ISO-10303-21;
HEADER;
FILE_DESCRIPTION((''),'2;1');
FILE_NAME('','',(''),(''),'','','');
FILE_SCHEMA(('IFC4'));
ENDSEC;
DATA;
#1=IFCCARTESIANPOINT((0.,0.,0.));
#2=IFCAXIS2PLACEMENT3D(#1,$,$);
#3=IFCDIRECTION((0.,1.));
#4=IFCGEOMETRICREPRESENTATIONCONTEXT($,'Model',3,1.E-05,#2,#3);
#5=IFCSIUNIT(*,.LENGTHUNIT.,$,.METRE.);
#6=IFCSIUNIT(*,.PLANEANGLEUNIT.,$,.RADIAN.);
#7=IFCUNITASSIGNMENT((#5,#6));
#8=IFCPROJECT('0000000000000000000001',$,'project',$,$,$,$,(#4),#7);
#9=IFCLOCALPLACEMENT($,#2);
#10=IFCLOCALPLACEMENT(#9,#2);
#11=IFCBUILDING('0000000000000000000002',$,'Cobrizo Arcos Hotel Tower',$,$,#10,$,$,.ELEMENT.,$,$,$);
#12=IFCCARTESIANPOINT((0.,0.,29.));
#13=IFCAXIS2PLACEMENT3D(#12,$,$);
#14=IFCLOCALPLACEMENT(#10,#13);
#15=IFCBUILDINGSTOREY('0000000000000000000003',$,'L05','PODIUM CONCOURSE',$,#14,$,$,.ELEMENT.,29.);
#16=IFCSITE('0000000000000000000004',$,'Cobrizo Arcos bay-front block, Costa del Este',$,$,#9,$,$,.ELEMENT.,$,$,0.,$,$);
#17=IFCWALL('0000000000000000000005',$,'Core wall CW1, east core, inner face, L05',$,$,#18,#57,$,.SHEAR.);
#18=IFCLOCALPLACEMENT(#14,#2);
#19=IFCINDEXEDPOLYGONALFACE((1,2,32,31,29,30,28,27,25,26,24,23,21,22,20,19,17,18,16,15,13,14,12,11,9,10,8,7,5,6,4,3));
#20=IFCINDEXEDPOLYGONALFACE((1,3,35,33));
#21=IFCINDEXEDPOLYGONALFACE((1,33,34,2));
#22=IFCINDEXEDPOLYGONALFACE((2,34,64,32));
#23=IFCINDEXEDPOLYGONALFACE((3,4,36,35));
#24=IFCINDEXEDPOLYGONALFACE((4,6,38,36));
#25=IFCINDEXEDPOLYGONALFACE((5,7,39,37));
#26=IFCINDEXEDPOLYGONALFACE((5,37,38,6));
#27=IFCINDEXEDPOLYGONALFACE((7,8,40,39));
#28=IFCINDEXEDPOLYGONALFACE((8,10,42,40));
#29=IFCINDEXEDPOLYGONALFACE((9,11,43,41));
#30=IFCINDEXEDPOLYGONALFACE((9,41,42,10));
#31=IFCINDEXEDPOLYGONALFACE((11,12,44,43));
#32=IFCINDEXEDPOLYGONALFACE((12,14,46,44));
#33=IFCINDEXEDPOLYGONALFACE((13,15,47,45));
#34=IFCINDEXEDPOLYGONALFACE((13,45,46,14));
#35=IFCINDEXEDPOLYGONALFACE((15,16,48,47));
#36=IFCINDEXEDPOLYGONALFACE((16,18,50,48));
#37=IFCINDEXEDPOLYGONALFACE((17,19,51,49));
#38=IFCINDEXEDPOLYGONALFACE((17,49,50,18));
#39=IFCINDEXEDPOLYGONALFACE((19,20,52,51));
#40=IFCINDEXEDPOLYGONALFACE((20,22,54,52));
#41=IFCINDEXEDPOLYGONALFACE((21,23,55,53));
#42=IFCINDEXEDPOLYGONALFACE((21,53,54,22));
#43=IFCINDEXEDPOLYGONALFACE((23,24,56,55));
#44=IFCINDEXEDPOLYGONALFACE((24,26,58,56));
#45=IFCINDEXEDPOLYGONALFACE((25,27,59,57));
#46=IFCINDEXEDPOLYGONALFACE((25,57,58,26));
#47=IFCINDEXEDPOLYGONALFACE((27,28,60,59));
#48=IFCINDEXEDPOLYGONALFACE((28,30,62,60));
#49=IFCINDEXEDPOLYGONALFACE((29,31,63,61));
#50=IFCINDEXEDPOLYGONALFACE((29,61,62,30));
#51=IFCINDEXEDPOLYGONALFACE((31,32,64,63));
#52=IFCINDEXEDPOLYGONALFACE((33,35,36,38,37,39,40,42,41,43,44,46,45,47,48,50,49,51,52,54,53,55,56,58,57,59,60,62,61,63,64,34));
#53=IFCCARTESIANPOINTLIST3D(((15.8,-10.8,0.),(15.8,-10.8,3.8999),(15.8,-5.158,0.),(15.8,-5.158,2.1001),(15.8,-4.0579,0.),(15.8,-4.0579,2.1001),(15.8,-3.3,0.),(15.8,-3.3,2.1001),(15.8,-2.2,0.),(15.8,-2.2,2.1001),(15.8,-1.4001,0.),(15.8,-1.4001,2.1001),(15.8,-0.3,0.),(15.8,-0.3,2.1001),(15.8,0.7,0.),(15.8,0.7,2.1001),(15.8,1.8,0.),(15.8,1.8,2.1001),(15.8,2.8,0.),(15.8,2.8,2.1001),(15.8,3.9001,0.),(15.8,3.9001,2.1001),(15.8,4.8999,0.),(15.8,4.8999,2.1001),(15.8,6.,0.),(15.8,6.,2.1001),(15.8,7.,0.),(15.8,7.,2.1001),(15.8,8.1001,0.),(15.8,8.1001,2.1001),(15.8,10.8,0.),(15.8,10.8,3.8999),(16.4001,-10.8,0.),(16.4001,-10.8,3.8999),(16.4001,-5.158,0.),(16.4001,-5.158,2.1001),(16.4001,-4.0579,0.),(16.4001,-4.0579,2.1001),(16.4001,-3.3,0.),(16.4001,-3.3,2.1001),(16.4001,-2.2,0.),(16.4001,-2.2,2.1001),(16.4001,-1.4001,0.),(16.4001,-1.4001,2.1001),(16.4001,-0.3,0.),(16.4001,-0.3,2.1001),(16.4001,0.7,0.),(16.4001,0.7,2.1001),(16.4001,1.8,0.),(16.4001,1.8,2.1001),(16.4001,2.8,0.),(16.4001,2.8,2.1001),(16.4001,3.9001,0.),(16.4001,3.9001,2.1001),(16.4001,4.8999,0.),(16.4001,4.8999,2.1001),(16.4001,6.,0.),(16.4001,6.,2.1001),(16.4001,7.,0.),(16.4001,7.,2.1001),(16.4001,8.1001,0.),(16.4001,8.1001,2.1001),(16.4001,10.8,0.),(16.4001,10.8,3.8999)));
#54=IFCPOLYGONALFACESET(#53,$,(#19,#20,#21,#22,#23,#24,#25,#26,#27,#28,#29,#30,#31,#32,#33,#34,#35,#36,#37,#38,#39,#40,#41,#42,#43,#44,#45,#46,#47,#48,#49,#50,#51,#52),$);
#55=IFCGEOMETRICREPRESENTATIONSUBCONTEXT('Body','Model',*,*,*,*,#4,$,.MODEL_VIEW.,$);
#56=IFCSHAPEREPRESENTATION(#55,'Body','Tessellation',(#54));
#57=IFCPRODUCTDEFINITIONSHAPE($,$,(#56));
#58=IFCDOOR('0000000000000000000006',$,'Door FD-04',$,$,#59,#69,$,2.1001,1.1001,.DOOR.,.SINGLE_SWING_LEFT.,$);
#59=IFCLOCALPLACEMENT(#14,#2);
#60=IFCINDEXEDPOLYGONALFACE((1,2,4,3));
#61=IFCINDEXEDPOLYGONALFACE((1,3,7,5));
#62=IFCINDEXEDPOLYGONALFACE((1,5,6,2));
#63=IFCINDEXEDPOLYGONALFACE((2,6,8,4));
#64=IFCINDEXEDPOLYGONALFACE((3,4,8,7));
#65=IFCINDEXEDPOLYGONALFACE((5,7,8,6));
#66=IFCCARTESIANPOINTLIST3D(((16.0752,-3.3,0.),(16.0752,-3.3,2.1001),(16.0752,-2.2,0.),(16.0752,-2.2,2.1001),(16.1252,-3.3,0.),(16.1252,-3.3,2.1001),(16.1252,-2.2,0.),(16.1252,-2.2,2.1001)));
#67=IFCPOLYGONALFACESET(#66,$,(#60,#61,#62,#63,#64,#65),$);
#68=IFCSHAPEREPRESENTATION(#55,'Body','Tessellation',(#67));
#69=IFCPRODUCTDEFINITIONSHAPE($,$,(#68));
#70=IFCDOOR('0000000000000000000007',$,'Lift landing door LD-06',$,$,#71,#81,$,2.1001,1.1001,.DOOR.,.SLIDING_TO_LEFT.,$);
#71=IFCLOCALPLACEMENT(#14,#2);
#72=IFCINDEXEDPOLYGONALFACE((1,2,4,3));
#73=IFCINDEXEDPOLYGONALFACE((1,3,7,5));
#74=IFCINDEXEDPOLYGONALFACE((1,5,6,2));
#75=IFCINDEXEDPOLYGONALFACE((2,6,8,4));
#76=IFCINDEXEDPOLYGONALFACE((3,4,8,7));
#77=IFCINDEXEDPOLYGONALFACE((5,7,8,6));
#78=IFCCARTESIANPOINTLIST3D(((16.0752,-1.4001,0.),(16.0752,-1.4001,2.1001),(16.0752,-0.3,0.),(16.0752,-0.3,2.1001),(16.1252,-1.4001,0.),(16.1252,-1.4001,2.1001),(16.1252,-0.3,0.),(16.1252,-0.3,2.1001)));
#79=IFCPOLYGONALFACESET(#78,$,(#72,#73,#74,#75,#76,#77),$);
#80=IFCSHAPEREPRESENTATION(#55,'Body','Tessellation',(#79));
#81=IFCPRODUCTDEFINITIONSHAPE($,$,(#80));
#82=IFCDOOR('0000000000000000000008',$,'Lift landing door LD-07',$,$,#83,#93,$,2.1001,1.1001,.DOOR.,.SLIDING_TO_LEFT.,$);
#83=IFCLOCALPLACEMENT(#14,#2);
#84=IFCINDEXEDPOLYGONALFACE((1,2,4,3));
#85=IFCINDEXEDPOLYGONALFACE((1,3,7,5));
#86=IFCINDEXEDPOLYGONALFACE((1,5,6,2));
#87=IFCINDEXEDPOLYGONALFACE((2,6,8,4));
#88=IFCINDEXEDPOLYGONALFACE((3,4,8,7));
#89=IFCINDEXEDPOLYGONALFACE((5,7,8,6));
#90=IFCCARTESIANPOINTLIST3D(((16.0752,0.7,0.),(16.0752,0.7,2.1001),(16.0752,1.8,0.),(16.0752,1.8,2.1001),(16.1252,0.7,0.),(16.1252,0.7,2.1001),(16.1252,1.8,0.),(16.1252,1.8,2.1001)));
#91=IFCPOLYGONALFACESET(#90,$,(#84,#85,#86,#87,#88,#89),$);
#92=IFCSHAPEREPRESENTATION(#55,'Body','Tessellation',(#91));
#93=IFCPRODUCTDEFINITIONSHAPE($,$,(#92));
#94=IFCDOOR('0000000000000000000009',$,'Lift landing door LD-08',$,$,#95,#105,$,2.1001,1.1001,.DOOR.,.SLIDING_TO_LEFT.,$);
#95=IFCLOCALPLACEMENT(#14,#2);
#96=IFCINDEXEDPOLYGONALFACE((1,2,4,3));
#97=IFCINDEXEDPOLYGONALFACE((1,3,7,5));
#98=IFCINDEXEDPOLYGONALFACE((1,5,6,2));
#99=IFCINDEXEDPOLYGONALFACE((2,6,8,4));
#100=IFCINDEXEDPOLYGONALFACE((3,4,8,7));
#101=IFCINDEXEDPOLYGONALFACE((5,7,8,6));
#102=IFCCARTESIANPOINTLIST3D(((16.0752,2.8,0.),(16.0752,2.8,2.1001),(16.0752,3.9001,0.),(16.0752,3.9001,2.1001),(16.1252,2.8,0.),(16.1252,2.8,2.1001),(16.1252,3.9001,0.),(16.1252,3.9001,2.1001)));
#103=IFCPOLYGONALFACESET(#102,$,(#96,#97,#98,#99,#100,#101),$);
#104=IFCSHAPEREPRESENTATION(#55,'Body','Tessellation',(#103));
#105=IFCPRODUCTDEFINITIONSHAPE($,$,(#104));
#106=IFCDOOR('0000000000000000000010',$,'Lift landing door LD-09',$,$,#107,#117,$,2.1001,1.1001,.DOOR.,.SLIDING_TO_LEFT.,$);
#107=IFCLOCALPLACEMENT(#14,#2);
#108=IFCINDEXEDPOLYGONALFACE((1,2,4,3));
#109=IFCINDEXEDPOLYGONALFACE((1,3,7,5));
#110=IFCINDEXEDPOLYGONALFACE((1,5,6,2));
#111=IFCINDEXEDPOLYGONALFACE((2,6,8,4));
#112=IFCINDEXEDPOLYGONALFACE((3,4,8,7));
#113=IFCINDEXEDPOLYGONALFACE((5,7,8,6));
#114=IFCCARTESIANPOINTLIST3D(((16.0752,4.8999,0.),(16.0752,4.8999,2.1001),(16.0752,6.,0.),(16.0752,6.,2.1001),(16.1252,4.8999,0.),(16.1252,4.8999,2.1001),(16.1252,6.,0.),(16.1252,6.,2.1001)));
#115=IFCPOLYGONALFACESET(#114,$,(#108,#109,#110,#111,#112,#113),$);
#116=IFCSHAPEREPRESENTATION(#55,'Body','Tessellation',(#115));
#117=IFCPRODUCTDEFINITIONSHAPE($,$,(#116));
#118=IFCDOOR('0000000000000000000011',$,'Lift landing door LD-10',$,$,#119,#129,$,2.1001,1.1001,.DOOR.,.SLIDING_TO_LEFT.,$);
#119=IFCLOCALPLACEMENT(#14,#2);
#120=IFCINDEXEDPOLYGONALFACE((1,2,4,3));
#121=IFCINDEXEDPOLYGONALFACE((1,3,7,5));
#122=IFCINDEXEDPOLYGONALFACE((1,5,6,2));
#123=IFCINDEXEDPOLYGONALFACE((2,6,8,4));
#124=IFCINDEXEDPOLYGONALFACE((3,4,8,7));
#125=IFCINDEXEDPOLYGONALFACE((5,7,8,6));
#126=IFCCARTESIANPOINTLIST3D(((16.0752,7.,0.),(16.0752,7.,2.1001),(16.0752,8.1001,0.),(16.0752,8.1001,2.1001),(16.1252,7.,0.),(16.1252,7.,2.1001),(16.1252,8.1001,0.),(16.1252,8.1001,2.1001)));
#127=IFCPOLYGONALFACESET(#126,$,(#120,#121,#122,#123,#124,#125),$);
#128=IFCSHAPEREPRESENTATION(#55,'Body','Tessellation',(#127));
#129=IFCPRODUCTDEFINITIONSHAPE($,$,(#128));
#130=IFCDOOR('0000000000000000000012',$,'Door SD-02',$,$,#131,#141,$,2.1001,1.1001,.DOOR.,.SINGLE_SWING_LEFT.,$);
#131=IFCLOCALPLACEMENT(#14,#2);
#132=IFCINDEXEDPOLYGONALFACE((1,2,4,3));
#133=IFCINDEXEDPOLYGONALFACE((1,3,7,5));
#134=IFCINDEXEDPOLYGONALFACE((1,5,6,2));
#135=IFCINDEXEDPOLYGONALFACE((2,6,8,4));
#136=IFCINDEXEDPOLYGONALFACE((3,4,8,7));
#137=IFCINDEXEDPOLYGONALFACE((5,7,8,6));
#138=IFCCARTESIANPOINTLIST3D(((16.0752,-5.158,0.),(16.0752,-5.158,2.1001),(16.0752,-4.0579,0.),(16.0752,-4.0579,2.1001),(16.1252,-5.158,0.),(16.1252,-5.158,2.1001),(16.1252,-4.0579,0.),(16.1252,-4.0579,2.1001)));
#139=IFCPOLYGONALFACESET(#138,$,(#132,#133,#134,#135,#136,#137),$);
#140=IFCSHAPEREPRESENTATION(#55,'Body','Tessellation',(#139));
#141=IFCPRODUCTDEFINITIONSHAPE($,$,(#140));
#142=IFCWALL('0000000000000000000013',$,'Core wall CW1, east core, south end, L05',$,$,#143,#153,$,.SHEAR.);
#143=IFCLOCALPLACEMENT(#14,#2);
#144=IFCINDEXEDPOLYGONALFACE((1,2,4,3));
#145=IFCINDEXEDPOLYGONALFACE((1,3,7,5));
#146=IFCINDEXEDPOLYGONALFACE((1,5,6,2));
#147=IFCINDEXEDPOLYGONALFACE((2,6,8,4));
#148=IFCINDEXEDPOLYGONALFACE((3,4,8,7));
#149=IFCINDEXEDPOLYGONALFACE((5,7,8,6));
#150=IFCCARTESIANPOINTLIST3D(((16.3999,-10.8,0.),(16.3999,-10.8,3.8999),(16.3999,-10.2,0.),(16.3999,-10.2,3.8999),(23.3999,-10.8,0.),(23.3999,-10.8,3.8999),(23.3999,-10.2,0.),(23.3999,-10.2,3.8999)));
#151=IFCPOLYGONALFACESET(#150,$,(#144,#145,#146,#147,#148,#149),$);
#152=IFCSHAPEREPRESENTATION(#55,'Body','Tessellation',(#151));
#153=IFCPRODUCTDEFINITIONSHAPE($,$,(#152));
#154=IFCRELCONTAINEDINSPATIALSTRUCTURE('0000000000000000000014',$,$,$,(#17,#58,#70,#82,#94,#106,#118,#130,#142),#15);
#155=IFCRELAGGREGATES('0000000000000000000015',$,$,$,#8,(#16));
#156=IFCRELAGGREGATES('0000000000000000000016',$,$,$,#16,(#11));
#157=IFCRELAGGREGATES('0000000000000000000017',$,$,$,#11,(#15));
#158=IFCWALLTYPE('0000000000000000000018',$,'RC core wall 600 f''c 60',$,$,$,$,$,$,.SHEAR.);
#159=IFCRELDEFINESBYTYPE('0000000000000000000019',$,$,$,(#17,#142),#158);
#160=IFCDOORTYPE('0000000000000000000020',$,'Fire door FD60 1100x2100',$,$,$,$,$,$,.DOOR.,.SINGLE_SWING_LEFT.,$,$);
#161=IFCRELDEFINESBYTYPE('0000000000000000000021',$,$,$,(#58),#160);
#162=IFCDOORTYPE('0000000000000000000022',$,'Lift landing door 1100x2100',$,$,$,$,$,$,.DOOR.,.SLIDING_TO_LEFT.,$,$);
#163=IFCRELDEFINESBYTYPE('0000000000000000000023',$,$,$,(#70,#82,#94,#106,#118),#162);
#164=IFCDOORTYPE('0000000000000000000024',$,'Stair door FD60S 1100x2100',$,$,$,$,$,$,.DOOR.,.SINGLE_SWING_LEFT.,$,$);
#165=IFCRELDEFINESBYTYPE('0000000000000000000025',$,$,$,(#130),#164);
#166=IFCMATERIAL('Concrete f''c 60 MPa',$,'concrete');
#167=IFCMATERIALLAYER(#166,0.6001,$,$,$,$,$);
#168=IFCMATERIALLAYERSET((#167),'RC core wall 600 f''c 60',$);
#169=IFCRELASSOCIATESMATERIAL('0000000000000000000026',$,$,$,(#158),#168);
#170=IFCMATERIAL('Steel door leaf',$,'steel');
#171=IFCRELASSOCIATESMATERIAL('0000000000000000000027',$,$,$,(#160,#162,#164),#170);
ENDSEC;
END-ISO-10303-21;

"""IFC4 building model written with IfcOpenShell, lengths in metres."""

from ifc_helpers import new_model, si_unit, direction, frame, frame_2d, origin, place, context, subcontext, project, spatial, rectangle, extrude, material, layer, layer_set, type_object, element, fill, save


model = new_model("IFC4")

# Units and contexts
model_context = context("Model", 3, precision=1e-05, world=origin(), true_north=direction((0.0, 1.0)))
body_context = subcontext(model_context, "Body", "Model", "MODEL_VIEW")
ifc_project = project(units=[si_unit("LENGTHUNIT", "METRE"), si_unit("PLANEANGLEUNIT", "RADIAN")], contexts=[model_context])

# Site, building, storey
site_placement = place(None, origin())
site = spatial("IfcSite", under=ifc_project, at=site_placement, Name="Cobrizo Arcos bay-front block, Costa del Este", CompositionType="ELEMENT", RefElevation=0.0)
building_placement = place(site_placement, origin())
building = spatial("IfcBuilding", under=site, at=building_placement, Name="Cobrizo Arcos Hotel Tower", CompositionType="ELEMENT")
storey_placement = place(building_placement, frame((0.0, 0.0, 29.0)))
storey = spatial("IfcBuildingStorey", under=building, at=storey_placement, Name="L05", Description="PODIUM CONCOURSE", CompositionType="ELEMENT", Elevation=29.0)

# Wall, openings, doors
ifc_material_1 = material(Name="Concrete f'c 60 MPa", Category="concrete")
ifc_layer_1 = layer(ifc_material_1, 0.6001)
ifc_layer_set_1 = layer_set([ifc_layer_1], Name="RC core wall 600 f'c 60")
wall_type_1 = type_object("IfcWallType", Name="RC core wall 600 f'c 60", PredefinedType="SHEAR", material=ifc_layer_set_1)
wall_1_placement = place(storey_placement, frame((16.1001, -10.8, 0.0), z_axis=(0.0, 0.0, 1.0), x_axis=(0.0, 1.0, 0.0)))
wall_1 = element("IfcWall", 1, at=wall_1_placement, inside=storey, type_object=wall_type_1, Name="Core wall CW1, east core, inner face, L05", PredefinedType="SHEAR", context=body_context, shape_type="SweptSolid", body=[
    extrude(rectangle(XDim=21.6001, YDim=0.6001, at=frame_2d((10.8, 0.0))), origin(), (0.0, 0.0, 1.0), 3.8999),
])
opening_1_placement = place(wall_1_placement, frame((9.3999, 0.0, 0.0)))
opening_1 = element("IfcOpeningElement", 2, at=opening_1_placement, cuts=wall_1, PredefinedType="OPENING", context=body_context, shape_type="SweptSolid", body=[
    extrude(rectangle(XDim=1.1001, YDim=2.1001, at=frame_2d((0.55, 1.05))), frame((0.0, 0.312, 0.0), z_axis=(0.0, -1.0, 0.0), x_axis=(1.0, 0.0, 0.0)), (0.0, 0.0, 1.0), 0.624),
])
opening_2_placement = place(wall_1_placement, frame((11.5, 0.0, 0.0)))
opening_2 = element("IfcOpeningElement", 3, at=opening_2_placement, cuts=wall_1, PredefinedType="OPENING", context=body_context, shape_type="SweptSolid", body=[
    extrude(rectangle(XDim=1.1001, YDim=2.1001, at=frame_2d((0.55, 1.05))), frame((0.0, 0.312, 0.0), z_axis=(0.0, -1.0, 0.0), x_axis=(1.0, 0.0, 0.0)), (0.0, 0.0, 1.0), 0.624),
])
opening_3_placement = place(wall_1_placement, frame((13.6001, 0.0, 0.0)))
opening_3 = element("IfcOpeningElement", 4, at=opening_3_placement, cuts=wall_1, PredefinedType="OPENING", context=body_context, shape_type="SweptSolid", body=[
    extrude(rectangle(XDim=1.1001, YDim=2.1001, at=frame_2d((0.55, 1.05))), frame((0.0, 0.312, 0.0), z_axis=(0.0, -1.0, 0.0), x_axis=(1.0, 0.0, 0.0)), (0.0, 0.0, 1.0), 0.624),
])
opening_4_placement = place(wall_1_placement, frame((15.7, 0.0, 0.0)))
opening_4 = element("IfcOpeningElement", 5, at=opening_4_placement, cuts=wall_1, PredefinedType="OPENING", context=body_context, shape_type="SweptSolid", body=[
    extrude(rectangle(XDim=1.1001, YDim=2.1001, at=frame_2d((0.55, 1.05))), frame((0.0, 0.312, 0.0), z_axis=(0.0, -1.0, 0.0), x_axis=(1.0, 0.0, 0.0)), (0.0, 0.0, 1.0), 0.624),
])
opening_5_placement = place(wall_1_placement, frame((17.8, 0.0, 0.0)))
opening_5 = element("IfcOpeningElement", 6, at=opening_5_placement, cuts=wall_1, PredefinedType="OPENING", context=body_context, shape_type="SweptSolid", body=[
    extrude(rectangle(XDim=1.1001, YDim=2.1001, at=frame_2d((0.55, 1.05))), frame((0.0, 0.312, 0.0), z_axis=(0.0, -1.0, 0.0), x_axis=(1.0, 0.0, 0.0)), (0.0, 0.0, 1.0), 0.624),
])
opening_6_placement = place(wall_1_placement, frame((5.6421, 0.0, 0.0)))
opening_6 = element("IfcOpeningElement", 7, at=opening_6_placement, cuts=wall_1, PredefinedType="OPENING", context=body_context, shape_type="SweptSolid", body=[
    extrude(rectangle(XDim=1.1001, YDim=2.1001, at=frame_2d((0.55, 1.05))), frame((0.0, 0.312, 0.0), z_axis=(0.0, -1.0, 0.0), x_axis=(1.0, 0.0, 0.0)), (0.0, 0.0, 1.0), 0.624),
])
opening_7_placement = place(wall_1_placement, frame((7.5, 0.0, 0.0)))
opening_7 = element("IfcOpeningElement", 8, at=opening_7_placement, cuts=wall_1, PredefinedType="OPENING", context=body_context, shape_type="SweptSolid", body=[
    extrude(rectangle(XDim=1.1001, YDim=2.1001, at=frame_2d((0.55, 1.05))), frame((0.0, 0.312, 0.0), z_axis=(0.0, -1.0, 0.0), x_axis=(1.0, 0.0, 0.0)), (0.0, 0.0, 1.0), 0.624),
])
ifc_material_2 = material(Name="Steel door leaf", Category="steel")
door_type_1 = type_object("IfcDoorType", Name="Fire door FD60 1100x2100", OperationType="SINGLE_SWING_LEFT", PredefinedType="DOOR", material=ifc_material_2)
door_1_placement = place(opening_7_placement, origin())
door_1 = element("IfcDoor", 9, at=door_1_placement, inside=storey, type_object=door_type_1, Name="Door FD-04", OperationType="SINGLE_SWING_LEFT", OverallHeight=2.1001, OverallWidth=1.1001, PredefinedType="DOOR", context=body_context, shape_type="SweptSolid", body=[
    extrude(rectangle(XDim=1.1001, YDim=2.1001, at=frame_2d((0.55, 1.05))), frame((0.0, 0.0249, 0.0), z_axis=(0.0, -1.0, 0.0), x_axis=(1.0, 0.0, 0.0)), (0.0, 0.0, 1.0), 0.05),
])
fill(opening_7, door_1)
door_type_2 = type_object("IfcDoorType", Name="Lift landing door 1100x2100", OperationType="SLIDING_TO_LEFT", PredefinedType="DOOR", material=ifc_material_2)
door_2_placement = place(opening_1_placement, origin())
door_2 = element("IfcDoor", 10, at=door_2_placement, inside=storey, type_object=door_type_2, Name="Lift landing door LD-06", OperationType="SLIDING_TO_LEFT", OverallHeight=2.1001, OverallWidth=1.1001, PredefinedType="DOOR", context=body_context, shape_type="SweptSolid", body=[
    extrude(rectangle(XDim=1.1001, YDim=2.1001, at=frame_2d((0.55, 1.05))), frame((0.0, 0.0249, 0.0), z_axis=(0.0, -1.0, 0.0), x_axis=(1.0, 0.0, 0.0)), (0.0, 0.0, 1.0), 0.05),
])
fill(opening_1, door_2)
door_3_placement = place(opening_2_placement, origin())
door_3 = element("IfcDoor", 11, at=door_3_placement, inside=storey, type_object=door_type_2, Name="Lift landing door LD-07", OperationType="SLIDING_TO_LEFT", OverallHeight=2.1001, OverallWidth=1.1001, PredefinedType="DOOR", context=body_context, shape_type="SweptSolid", body=[
    extrude(rectangle(XDim=1.1001, YDim=2.1001, at=frame_2d((0.55, 1.05))), frame((0.0, 0.0249, 0.0), z_axis=(0.0, -1.0, 0.0), x_axis=(1.0, 0.0, 0.0)), (0.0, 0.0, 1.0), 0.05),
])
fill(opening_2, door_3)
door_4_placement = place(opening_3_placement, origin())
door_4 = element("IfcDoor", 12, at=door_4_placement, inside=storey, type_object=door_type_2, Name="Lift landing door LD-08", OperationType="SLIDING_TO_LEFT", OverallHeight=2.1001, OverallWidth=1.1001, PredefinedType="DOOR", context=body_context, shape_type="SweptSolid", body=[
    extrude(rectangle(XDim=1.1001, YDim=2.1001, at=frame_2d((0.55, 1.05))), frame((0.0, 0.0249, 0.0), z_axis=(0.0, -1.0, 0.0), x_axis=(1.0, 0.0, 0.0)), (0.0, 0.0, 1.0), 0.05),
])
fill(opening_3, door_4)
door_5_placement = place(opening_4_placement, origin())
door_5 = element("IfcDoor", 13, at=door_5_placement, inside=storey, type_object=door_type_2, Name="Lift landing door LD-09", OperationType="SLIDING_TO_LEFT", OverallHeight=2.1001, OverallWidth=1.1001, PredefinedType="DOOR", context=body_context, shape_type="SweptSolid", body=[
    extrude(rectangle(XDim=1.1001, YDim=2.1001, at=frame_2d((0.55, 1.05))), frame((0.0, 0.0249, 0.0), z_axis=(0.0, -1.0, 0.0), x_axis=(1.0, 0.0, 0.0)), (0.0, 0.0, 1.0), 0.05),
])
fill(opening_4, door_5)
door_6_placement = place(opening_5_placement, origin())
door_6 = element("IfcDoor", 14, at=door_6_placement, inside=storey, type_object=door_type_2, Name="Lift landing door LD-10", OperationType="SLIDING_TO_LEFT", OverallHeight=2.1001, OverallWidth=1.1001, PredefinedType="DOOR", context=body_context, shape_type="SweptSolid", body=[
    extrude(rectangle(XDim=1.1001, YDim=2.1001, at=frame_2d((0.55, 1.05))), frame((0.0, 0.0249, 0.0), z_axis=(0.0, -1.0, 0.0), x_axis=(1.0, 0.0, 0.0)), (0.0, 0.0, 1.0), 0.05),
])
fill(opening_5, door_6)
door_type_3 = type_object("IfcDoorType", Name="Stair door FD60S 1100x2100", OperationType="SINGLE_SWING_LEFT", PredefinedType="DOOR", material=ifc_material_2)
door_7_placement = place(opening_6_placement, origin())
door_7 = element("IfcDoor", 15, at=door_7_placement, inside=storey, type_object=door_type_3, Name="Door SD-02", OperationType="SINGLE_SWING_LEFT", OverallHeight=2.1001, OverallWidth=1.1001, PredefinedType="DOOR", context=body_context, shape_type="SweptSolid", body=[
    extrude(rectangle(XDim=1.1001, YDim=2.1001, at=frame_2d((0.55, 1.05))), frame((0.0, 0.0249, 0.0), z_axis=(0.0, -1.0, 0.0), x_axis=(1.0, 0.0, 0.0)), (0.0, 0.0, 1.0), 0.05),
])
fill(opening_6, door_7)

# Wall
wall_2_placement = place(storey_placement, frame((16.3999, -10.5, 0.0), z_axis=(0.0, 0.0, 1.0), x_axis=(1.0, 0.0, 0.0)))
element("IfcWall", 16, at=wall_2_placement, inside=storey, type_object=wall_type_1, Name="Core wall CW1, east core, south end, L05", PredefinedType="SHEAR", context=body_context, shape_type="SweptSolid", body=[
    extrude(rectangle(XDim=7.0, YDim=0.6001, at=frame_2d((3.5, 0.0))), origin(), (0.0, 0.0, 1.0), 3.8999),
])

save(model, "model.ifc")
